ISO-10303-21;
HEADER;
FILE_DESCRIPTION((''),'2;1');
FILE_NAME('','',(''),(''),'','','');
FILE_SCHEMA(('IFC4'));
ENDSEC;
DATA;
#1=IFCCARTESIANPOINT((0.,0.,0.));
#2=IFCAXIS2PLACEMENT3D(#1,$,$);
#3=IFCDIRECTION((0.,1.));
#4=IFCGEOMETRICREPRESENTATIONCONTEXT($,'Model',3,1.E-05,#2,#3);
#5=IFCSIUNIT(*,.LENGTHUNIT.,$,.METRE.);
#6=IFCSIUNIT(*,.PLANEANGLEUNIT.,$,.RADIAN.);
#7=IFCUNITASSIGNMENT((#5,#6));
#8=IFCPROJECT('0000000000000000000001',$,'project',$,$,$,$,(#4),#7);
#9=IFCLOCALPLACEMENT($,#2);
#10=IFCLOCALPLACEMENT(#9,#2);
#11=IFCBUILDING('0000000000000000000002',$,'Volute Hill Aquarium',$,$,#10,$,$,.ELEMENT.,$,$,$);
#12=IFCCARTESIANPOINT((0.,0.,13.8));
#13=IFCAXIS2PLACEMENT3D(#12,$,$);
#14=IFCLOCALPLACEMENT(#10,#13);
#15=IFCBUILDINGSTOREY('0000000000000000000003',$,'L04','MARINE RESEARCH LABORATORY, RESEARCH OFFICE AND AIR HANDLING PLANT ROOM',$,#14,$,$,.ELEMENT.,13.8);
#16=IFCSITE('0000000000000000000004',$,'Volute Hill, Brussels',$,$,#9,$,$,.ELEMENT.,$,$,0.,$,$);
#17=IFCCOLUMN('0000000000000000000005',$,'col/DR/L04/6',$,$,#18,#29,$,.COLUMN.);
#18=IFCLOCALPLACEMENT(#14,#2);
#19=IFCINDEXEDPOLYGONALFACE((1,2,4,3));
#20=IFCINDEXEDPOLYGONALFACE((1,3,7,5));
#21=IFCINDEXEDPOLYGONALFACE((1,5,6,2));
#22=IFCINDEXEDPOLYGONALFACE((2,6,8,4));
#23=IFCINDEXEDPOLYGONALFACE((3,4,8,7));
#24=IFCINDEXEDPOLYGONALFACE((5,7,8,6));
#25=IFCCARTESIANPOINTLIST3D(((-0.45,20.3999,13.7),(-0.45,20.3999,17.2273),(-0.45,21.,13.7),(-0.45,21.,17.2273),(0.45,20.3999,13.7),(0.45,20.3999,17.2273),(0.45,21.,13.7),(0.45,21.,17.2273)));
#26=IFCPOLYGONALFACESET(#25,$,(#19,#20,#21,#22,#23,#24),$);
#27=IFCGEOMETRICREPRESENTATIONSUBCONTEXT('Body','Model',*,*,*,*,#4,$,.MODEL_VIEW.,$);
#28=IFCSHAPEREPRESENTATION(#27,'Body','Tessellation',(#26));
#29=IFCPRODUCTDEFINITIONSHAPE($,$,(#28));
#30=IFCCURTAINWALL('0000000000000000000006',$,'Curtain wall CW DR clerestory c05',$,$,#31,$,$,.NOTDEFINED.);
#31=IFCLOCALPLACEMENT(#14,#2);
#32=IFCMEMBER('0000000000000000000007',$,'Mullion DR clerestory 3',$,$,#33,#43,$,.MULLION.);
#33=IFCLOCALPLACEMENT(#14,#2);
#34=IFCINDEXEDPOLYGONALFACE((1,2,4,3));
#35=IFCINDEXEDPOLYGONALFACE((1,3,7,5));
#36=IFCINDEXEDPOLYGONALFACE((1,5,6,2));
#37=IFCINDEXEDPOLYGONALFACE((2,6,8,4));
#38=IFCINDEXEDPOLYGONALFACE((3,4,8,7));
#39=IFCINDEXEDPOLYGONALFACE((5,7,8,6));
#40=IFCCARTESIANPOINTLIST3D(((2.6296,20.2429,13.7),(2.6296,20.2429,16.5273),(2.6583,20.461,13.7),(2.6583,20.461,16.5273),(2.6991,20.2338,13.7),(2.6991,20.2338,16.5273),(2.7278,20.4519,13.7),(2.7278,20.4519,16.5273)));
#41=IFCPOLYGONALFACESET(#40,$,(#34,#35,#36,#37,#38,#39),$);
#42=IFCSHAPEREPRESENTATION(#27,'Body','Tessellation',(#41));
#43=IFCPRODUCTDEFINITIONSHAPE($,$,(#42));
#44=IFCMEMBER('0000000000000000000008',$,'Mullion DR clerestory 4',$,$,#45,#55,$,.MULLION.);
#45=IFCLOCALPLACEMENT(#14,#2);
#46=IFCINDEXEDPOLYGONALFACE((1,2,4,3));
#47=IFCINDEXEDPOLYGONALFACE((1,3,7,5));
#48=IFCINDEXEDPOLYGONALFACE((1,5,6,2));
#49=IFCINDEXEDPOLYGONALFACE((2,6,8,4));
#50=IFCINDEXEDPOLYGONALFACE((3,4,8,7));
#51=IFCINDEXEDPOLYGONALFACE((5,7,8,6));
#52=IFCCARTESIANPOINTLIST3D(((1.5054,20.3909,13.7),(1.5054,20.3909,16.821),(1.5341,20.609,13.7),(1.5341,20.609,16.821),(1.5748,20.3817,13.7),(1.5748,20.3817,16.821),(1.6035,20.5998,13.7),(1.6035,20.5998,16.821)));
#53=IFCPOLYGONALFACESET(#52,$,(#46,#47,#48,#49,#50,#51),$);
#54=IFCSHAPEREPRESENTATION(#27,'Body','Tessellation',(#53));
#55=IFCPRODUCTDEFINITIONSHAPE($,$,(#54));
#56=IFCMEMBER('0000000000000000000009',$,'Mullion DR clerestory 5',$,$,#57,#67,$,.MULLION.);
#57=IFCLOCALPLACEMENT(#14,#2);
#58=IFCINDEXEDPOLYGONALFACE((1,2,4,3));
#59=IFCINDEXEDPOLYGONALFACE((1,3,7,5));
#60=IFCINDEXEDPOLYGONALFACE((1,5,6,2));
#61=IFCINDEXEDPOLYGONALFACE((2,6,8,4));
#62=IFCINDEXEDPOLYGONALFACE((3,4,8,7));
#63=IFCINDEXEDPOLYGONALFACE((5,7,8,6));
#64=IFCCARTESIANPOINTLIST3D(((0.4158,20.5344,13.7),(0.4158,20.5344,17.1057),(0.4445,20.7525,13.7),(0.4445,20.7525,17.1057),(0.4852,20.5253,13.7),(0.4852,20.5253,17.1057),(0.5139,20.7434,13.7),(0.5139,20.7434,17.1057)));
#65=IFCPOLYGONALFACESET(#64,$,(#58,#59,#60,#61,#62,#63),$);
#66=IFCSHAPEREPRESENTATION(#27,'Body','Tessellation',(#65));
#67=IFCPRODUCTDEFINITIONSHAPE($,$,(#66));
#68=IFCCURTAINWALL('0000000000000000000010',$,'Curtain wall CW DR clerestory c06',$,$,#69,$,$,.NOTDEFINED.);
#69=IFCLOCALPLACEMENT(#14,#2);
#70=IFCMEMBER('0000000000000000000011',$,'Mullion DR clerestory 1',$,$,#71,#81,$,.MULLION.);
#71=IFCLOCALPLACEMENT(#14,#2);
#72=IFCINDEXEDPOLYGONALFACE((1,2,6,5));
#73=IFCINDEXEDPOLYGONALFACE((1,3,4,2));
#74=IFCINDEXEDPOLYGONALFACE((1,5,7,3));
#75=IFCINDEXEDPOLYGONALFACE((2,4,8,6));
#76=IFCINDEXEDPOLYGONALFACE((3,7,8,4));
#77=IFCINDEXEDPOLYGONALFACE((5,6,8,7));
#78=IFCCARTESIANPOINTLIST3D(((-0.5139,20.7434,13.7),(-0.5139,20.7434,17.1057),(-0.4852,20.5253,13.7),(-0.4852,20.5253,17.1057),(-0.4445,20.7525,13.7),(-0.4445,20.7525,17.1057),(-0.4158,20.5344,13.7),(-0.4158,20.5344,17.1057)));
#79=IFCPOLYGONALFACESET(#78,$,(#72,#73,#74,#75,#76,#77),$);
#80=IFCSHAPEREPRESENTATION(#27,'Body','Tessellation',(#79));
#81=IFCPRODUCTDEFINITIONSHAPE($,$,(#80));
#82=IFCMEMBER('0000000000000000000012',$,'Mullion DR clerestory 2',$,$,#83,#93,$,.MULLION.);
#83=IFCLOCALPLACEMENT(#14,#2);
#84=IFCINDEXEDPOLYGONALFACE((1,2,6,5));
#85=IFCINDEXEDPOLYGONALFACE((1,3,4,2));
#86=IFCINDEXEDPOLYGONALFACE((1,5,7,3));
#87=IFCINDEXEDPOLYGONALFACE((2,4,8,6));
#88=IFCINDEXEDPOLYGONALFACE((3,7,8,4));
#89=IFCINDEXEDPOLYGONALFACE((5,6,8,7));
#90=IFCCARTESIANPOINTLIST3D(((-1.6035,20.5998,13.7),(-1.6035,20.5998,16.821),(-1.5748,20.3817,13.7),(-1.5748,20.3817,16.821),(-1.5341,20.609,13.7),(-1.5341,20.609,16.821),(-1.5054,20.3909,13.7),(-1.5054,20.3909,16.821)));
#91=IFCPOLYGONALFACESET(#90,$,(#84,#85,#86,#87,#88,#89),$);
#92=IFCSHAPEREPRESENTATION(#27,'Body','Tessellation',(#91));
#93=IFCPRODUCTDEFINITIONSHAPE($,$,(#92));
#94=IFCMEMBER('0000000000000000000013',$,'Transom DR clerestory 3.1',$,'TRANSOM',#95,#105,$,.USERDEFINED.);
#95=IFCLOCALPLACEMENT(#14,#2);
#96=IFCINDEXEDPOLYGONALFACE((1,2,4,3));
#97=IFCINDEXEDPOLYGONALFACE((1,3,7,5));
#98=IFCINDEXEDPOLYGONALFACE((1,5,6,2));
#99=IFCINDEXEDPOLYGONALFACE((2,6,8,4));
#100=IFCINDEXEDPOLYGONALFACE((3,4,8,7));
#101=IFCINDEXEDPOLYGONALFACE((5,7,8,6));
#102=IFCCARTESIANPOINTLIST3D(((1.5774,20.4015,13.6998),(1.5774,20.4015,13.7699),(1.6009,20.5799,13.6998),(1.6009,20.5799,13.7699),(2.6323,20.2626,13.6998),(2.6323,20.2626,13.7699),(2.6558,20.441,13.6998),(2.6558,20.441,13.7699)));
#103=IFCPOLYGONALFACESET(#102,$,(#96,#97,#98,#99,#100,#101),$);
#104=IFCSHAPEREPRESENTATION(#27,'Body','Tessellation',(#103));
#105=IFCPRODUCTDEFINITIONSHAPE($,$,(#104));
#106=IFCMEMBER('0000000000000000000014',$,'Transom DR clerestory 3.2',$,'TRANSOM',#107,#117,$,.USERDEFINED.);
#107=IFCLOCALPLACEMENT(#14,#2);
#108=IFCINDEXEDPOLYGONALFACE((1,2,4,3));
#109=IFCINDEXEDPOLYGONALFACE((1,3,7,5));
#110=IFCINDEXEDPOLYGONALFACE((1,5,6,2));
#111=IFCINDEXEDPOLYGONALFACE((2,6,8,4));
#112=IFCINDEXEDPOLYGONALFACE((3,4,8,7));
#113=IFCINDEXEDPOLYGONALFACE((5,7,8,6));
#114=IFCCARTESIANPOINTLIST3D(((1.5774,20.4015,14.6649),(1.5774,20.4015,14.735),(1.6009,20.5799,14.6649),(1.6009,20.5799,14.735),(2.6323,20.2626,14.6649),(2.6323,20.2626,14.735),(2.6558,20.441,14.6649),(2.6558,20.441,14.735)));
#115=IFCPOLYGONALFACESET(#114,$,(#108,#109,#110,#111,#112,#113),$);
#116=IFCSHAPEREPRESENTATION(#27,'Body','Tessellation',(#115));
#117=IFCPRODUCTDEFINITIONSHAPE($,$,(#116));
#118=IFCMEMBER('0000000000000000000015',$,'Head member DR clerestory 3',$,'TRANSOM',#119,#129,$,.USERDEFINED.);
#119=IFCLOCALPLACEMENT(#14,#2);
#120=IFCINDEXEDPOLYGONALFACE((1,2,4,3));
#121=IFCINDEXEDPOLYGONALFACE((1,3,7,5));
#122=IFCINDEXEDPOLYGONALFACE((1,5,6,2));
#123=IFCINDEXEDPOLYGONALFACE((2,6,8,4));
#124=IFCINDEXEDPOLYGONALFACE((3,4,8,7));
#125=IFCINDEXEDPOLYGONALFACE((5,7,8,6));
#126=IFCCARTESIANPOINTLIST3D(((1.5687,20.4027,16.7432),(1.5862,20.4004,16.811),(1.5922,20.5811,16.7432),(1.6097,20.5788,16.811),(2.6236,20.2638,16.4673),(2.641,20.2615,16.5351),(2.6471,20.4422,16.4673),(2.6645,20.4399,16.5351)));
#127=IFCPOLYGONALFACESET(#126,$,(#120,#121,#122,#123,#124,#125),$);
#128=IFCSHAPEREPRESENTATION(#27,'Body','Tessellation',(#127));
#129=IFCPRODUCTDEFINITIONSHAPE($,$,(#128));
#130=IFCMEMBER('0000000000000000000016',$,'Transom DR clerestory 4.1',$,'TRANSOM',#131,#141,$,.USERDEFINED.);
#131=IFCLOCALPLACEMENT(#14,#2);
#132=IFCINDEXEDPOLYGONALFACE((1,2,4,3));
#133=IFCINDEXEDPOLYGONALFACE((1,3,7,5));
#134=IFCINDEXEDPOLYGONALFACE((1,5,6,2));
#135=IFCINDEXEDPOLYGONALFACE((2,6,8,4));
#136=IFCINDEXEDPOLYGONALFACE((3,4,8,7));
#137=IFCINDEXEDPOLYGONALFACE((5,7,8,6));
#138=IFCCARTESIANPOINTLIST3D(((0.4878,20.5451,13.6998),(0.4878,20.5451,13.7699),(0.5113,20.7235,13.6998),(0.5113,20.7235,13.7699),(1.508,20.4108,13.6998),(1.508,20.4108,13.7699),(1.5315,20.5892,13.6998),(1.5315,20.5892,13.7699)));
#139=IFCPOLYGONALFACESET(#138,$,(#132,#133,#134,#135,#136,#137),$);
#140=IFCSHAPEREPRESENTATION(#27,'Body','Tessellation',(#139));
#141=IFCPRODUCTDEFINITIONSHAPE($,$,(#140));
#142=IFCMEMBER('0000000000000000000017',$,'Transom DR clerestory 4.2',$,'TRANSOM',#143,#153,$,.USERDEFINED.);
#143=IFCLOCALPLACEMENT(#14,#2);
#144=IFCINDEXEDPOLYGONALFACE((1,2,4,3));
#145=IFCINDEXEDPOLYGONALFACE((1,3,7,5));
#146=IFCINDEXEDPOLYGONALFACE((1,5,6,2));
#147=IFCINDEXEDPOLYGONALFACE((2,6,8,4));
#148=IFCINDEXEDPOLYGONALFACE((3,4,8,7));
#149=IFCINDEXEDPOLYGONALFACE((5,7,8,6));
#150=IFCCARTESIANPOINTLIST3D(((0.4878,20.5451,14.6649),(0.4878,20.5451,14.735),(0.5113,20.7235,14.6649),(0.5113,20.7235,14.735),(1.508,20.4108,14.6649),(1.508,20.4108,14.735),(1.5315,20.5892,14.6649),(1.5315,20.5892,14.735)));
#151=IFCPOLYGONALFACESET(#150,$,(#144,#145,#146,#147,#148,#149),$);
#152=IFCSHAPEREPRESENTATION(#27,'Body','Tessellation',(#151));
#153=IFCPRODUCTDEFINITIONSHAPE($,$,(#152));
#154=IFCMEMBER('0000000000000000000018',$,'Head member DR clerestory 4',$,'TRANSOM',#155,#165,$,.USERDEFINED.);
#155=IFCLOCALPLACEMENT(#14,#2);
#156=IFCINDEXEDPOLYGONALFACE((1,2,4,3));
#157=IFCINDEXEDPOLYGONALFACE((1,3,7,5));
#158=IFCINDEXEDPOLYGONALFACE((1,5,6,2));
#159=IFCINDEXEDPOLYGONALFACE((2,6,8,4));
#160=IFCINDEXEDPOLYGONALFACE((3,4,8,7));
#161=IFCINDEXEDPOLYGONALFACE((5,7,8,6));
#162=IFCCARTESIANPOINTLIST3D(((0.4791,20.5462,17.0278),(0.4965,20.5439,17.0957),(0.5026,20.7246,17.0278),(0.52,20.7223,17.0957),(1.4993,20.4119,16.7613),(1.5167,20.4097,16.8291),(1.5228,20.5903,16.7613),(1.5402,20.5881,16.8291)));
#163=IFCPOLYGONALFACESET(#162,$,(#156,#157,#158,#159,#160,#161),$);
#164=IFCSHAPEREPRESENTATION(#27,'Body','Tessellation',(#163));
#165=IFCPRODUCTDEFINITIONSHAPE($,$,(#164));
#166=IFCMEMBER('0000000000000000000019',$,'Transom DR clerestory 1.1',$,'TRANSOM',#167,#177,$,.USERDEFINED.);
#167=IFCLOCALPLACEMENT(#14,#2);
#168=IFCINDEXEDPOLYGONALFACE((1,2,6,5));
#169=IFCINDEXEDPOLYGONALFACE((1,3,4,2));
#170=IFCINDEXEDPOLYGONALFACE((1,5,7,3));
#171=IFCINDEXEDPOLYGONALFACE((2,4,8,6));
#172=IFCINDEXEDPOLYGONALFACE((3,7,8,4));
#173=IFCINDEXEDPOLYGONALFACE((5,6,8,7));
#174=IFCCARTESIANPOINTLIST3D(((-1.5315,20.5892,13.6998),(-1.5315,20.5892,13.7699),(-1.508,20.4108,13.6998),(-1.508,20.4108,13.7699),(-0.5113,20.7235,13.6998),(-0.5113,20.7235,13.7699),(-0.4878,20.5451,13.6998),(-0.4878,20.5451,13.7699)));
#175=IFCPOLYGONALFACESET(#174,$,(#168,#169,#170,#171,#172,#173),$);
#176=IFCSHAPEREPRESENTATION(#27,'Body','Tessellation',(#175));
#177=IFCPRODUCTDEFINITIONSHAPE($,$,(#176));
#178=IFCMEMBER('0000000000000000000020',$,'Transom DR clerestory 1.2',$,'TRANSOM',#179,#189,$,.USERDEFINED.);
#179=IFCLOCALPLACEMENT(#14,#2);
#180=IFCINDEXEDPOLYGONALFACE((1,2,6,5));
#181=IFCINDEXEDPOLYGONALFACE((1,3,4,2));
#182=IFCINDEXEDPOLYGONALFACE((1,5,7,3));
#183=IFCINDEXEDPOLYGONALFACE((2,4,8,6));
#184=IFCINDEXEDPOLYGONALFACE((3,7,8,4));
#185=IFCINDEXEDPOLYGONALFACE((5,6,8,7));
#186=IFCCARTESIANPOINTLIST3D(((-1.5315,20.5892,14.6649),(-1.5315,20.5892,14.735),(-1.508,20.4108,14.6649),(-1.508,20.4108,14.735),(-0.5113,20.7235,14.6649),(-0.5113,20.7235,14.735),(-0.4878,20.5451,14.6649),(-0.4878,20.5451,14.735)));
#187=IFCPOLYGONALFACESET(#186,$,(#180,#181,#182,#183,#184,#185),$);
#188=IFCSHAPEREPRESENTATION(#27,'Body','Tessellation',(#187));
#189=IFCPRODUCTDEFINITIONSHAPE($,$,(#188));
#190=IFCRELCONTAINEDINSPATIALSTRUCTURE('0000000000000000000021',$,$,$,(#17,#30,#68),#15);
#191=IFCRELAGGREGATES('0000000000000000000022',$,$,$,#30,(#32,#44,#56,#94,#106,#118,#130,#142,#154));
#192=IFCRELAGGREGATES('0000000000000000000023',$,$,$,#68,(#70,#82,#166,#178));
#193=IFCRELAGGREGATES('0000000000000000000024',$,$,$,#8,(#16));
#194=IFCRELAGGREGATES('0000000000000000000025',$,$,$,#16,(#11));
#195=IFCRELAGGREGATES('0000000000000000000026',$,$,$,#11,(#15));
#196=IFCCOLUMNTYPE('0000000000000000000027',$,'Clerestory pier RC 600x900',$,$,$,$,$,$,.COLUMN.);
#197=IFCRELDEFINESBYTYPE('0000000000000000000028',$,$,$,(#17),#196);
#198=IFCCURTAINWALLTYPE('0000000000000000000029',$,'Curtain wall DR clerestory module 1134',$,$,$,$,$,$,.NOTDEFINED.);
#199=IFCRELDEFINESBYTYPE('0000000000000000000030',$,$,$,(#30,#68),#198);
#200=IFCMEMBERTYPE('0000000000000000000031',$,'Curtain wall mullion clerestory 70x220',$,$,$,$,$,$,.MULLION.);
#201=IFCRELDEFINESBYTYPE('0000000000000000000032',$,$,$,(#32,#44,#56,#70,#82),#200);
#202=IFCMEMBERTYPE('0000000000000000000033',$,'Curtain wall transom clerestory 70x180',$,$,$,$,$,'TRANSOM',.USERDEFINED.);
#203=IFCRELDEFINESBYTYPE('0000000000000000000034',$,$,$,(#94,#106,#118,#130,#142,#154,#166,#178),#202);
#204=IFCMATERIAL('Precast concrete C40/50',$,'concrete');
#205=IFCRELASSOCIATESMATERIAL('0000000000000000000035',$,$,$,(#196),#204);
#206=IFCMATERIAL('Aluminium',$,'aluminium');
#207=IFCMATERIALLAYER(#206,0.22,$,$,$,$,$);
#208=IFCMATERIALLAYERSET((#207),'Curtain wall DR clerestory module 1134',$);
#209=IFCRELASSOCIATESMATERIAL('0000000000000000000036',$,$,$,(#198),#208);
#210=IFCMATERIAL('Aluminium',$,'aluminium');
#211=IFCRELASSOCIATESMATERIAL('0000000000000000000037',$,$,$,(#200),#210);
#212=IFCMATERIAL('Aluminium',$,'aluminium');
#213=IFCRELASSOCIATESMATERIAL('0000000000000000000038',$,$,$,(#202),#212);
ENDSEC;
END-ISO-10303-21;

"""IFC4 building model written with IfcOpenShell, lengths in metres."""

from ifc_helpers import new_model, si_unit, direction, frame, origin, origin_2d, place, context, subcontext, project, spatial, rectangle, extrude, material, layer, layer_set, material_profile, profile_set, type_object, element, aggregate, save


model = new_model("IFC4")

# Units and contexts
model_context = context("Model", 3, precision=1e-05, world=origin(), true_north=direction((0.0, 1.0)))
body_context = subcontext(model_context, "Body", "Model", "MODEL_VIEW")
ifc_project = project(units=[si_unit("LENGTHUNIT", "METRE"), si_unit("PLANEANGLEUNIT", "RADIAN")], contexts=[model_context])

# Site, building, storey
site_placement = place(None, origin())
site = spatial("IfcSite", under=ifc_project, at=site_placement, Name="Volute Hill, Brussels", CompositionType="ELEMENT", RefElevation=0.0)
building_placement = place(site_placement, origin())
building = spatial("IfcBuilding", under=site, at=building_placement, Name="Volute Hill Aquarium", CompositionType="ELEMENT")
storey_placement = place(building_placement, frame((0.0, 0.0, 13.8)))
storey = spatial("IfcBuildingStorey", under=building, at=storey_placement, Name="L04", Description="MARINE RESEARCH LABORATORY, RESEARCH OFFICE AND AIR HANDLING PLANT ROOM", CompositionType="ELEMENT", Elevation=13.8)

# Column
ifc_material_1 = material(Name="Precast concrete C40/50", Category="concrete")
ifc_material_profile_1 = material_profile(ifc_material_1, rectangle(XDim=0.6001, YDim=0.8999, at=origin_2d()), Name="RC pier 600x900")
ifc_profile_set_1 = profile_set([ifc_material_profile_1], Name="Precast concrete C40/50")
column_type = type_object("IfcColumnType", Name="Clerestory pier RC 600x900", PredefinedType="COLUMN", material=ifc_profile_set_1)
column_placement = place(storey_placement, frame((0.0, 20.7, 13.7), z_axis=(0.0, 0.0, 1.0), x_axis=(0.0, 1.0, 0.0)))
element("IfcColumn", 1, at=column_placement, inside=storey, type_object=column_type, Name="col/DR/L04/6", PredefinedType="COLUMN", context=body_context, shape_type="SweptSolid", body=[
    extrude(rectangle(XDim=0.6001, YDim=0.8999, at=origin_2d()), origin(), (0.0, 0.0, 1.0), 3.5273),
])

# Curtain walls, members
ifc_material_2 = material(Name="Aluminium", Category="aluminium")
ifc_layer_1 = layer(ifc_material_2, 0.22)
ifc_layer_set_1 = layer_set([ifc_layer_1], Name="Curtain wall DR clerestory module 1134")
curtain_wall_type = type_object("IfcCurtainWallType", Name="Curtain wall DR clerestory module 1134", PredefinedType="NOTDEFINED", material=ifc_layer_set_1)
curtain_wall_1_placement = place(storey_placement, origin())
curtain_wall_1 = element("IfcCurtainWall", 2, at=curtain_wall_1_placement, inside=storey, type_object=curtain_wall_type, Name="Curtain wall CW DR clerestory c05", PredefinedType="NOTDEFINED")
ifc_material_3 = material(Name="Aluminium", Category="aluminium")
ifc_material_profile_2 = material_profile(ifc_material_3, rectangle(XDim=0.22, YDim=0.0701, at=origin_2d()), Name="Curtain wall mullion clerestory 70x220")
ifc_profile_set_2 = profile_set([ifc_material_profile_2], Name="Aluminium")
member_type_1 = type_object("IfcMemberType", Name="Curtain wall mullion clerestory 70x220", PredefinedType="MULLION", material=ifc_profile_set_2)
member_1_placement = place(storey_placement, frame((2.6787, 20.3474, 13.7), z_axis=(0.0, 0.0, 1.0), x_axis=(-0.130519, -0.991446, 0.0)))
member_1 = element("IfcMember", 3, at=member_1_placement, type_object=member_type_1, Name="Mullion DR clerestory 3", PredefinedType="MULLION", context=body_context, shape_type="SweptSolid", body=[
    extrude(rectangle(XDim=0.22, YDim=0.0701, at=origin_2d()), origin(), (0.0, 0.0, 1.0), 2.8274),
])
member_2_placement = place(storey_placement, frame((1.5544, 20.4954, 13.7), z_axis=(0.0, 0.0, 1.0), x_axis=(-0.130519, -0.991446, 0.0)))
member_2 = element("IfcMember", 4, at=member_2_placement, type_object=member_type_1, Name="Mullion DR clerestory 4", PredefinedType="MULLION", context=body_context, shape_type="SweptSolid", body=[
    extrude(rectangle(XDim=0.22, YDim=0.0701, at=origin_2d()), origin(), (0.0, 0.0, 1.0), 3.1211),
])
member_3_placement = place(storey_placement, frame((0.4648, 20.6389, 13.7), z_axis=(0.0, 0.0, 1.0), x_axis=(-0.130519, -0.991446, 0.0)))
member_3 = element("IfcMember", 5, at=member_3_placement, type_object=member_type_1, Name="Mullion DR clerestory 5", PredefinedType="MULLION", context=body_context, shape_type="SweptSolid", body=[
    extrude(rectangle(XDim=0.22, YDim=0.0701, at=origin_2d()), origin(), (0.0, 0.0, 1.0), 3.4058),
])
curtain_wall_2_placement = place(storey_placement, origin())
curtain_wall_2 = element("IfcCurtainWall", 6, at=curtain_wall_2_placement, inside=storey, type_object=curtain_wall_type, Name="Curtain wall CW DR clerestory c06", PredefinedType="NOTDEFINED")
member_4_placement = place(storey_placement, frame((-0.4648, 20.6389, 13.7), z_axis=(0.0, 0.0, 1.0), x_axis=(0.130519, -0.991446, 0.0)))
member_4 = element("IfcMember", 7, at=member_4_placement, type_object=member_type_1, Name="Mullion DR clerestory 1", PredefinedType="MULLION", context=body_context, shape_type="SweptSolid", body=[
    extrude(rectangle(XDim=0.22, YDim=0.0701, at=origin_2d()), origin(), (0.0, 0.0, 1.0), 3.4058),
])
member_5_placement = place(storey_placement, frame((-1.5544, 20.4954, 13.7), z_axis=(0.0, 0.0, 1.0), x_axis=(0.130519, -0.991446, 0.0)))
member_5 = element("IfcMember", 8, at=member_5_placement, type_object=member_type_1, Name="Mullion DR clerestory 2", PredefinedType="MULLION", context=body_context, shape_type="SweptSolid", body=[
    extrude(rectangle(XDim=0.22, YDim=0.0701, at=origin_2d()), origin(), (0.0, 0.0, 1.0), 3.1211),
])

# Members
ifc_material_4 = material(Name="Aluminium", Category="aluminium")
ifc_material_profile_3 = material_profile(ifc_material_4, rectangle(XDim=0.1799, YDim=0.0701, at=origin_2d()), Name="Curtain wall transom clerestory 70x180")
ifc_profile_set_3 = profile_set([ifc_material_profile_3], Name="Aluminium")
member_type_2 = type_object("IfcMemberType", Name="Curtain wall transom clerestory 70x180", ElementType="TRANSOM", PredefinedType="USERDEFINED", material=ifc_profile_set_3)
member_6_placement = place(storey_placement, frame((2.644, 20.3518, 13.7349), z_axis=(-0.991441, 0.130555, 0.0), x_axis=(-0.130555, -0.991441, 0.0)))
member_6 = element("IfcMember", 9, at=member_6_placement, type_object=member_type_2, Name="Transom DR clerestory 3.1", ObjectType="TRANSOM", PredefinedType="USERDEFINED", context=body_context, shape_type="SweptSolid", body=[
    extrude(rectangle(XDim=0.1799, YDim=0.0701, at=origin_2d()), origin(), (0.0, 0.0, 1.0), 1.064),
])
member_7_placement = place(storey_placement, frame((2.644, 20.3518, 14.7), z_axis=(-0.991441, 0.130555, 0.0), x_axis=(-0.130555, -0.991441, 0.0)))
member_7 = element("IfcMember", 10, at=member_7_placement, type_object=member_type_2, Name="Transom DR clerestory 3.2", ObjectType="TRANSOM", PredefinedType="USERDEFINED", context=body_context, shape_type="SweptSolid", body=[
    extrude(rectangle(XDim=0.1799, YDim=0.0701, at=origin_2d()), origin(), (0.0, 0.0, 1.0), 1.064),
])
member_8_placement = place(storey_placement, frame((2.644, 20.3518, 16.5012), z_axis=(-0.959708, 0.126377, 0.250977), x_axis=(-0.130555, -0.991441, 0.0)))
member_8 = element("IfcMember", 11, at=member_8_placement, type_object=member_type_2, Name="Head member DR clerestory 3", ObjectType="TRANSOM", PredefinedType="USERDEFINED", context=body_context, shape_type="SweptSolid", body=[
    extrude(rectangle(XDim=0.1799, YDim=0.0701, at=origin_2d()), origin(), (0.0, 0.0, 1.0), 1.0991),
])
member_9_placement = place(storey_placement, frame((1.5198, 20.5, 13.7349), z_axis=(-0.99145, 0.130485, 0.0), x_axis=(-0.130485, -0.99145, 0.0)))
member_9 = element("IfcMember", 12, at=member_9_placement, type_object=member_type_2, Name="Transom DR clerestory 4.1", ObjectType="TRANSOM", PredefinedType="USERDEFINED", context=body_context, shape_type="SweptSolid", body=[
    extrude(rectangle(XDim=0.1799, YDim=0.0701, at=origin_2d()), origin(), (0.0, 0.0, 1.0), 1.0291),
])
member_10_placement = place(storey_placement, frame((1.5198, 20.5, 14.7), z_axis=(-0.99145, 0.130485, 0.0), x_axis=(-0.130485, -0.99145, 0.0)))
member_10 = element("IfcMember", 13, at=member_10_placement, type_object=member_type_2, Name="Transom DR clerestory 4.2", ObjectType="TRANSOM", PredefinedType="USERDEFINED", context=body_context, shape_type="SweptSolid", body=[
    extrude(rectangle(XDim=0.1799, YDim=0.0701, at=origin_2d()), origin(), (0.0, 0.0, 1.0), 1.0291),
])
member_11_placement = place(storey_placement, frame((1.5198, 20.5, 16.7952), z_axis=(-0.959764, 0.126315, 0.250793), x_axis=(-0.130485, -0.99145, 0.0)))
member_11 = element("IfcMember", 14, at=member_11_placement, type_object=member_type_2, Name="Head member DR clerestory 4", ObjectType="TRANSOM", PredefinedType="USERDEFINED", context=body_context, shape_type="SweptSolid", body=[
    extrude(rectangle(XDim=0.1799, YDim=0.0701, at=origin_2d()), origin(), (0.0, 0.0, 1.0), 1.063),
])
member_12_placement = place(storey_placement, frame((-0.4995, 20.6343, 13.7349), z_axis=(-0.99145, -0.130485, 0.0), x_axis=(0.130485, -0.99145, 0.0)))
member_12 = element("IfcMember", 15, at=member_12_placement, type_object=member_type_2, Name="Transom DR clerestory 1.1", ObjectType="TRANSOM", PredefinedType="USERDEFINED", context=body_context, shape_type="SweptSolid", body=[
    extrude(rectangle(XDim=0.1799, YDim=0.0701, at=origin_2d()), origin(), (0.0, 0.0, 1.0), 1.0291),
])
member_13_placement = place(storey_placement, frame((-0.4995, 20.6343, 14.7), z_axis=(-0.99145, -0.130485, 0.0), x_axis=(0.130485, -0.99145, 0.0)))
member_13 = element("IfcMember", 16, at=member_13_placement, type_object=member_type_2, Name="Transom DR clerestory 1.2", ObjectType="TRANSOM", PredefinedType="USERDEFINED", context=body_context, shape_type="SweptSolid", body=[
    extrude(rectangle(XDim=0.1799, YDim=0.0701, at=origin_2d()), origin(), (0.0, 0.0, 1.0), 1.0291),
])

aggregate(curtain_wall_1, [member_1, member_2, member_3, member_6, member_7, member_8, member_9, member_10, member_11])
aggregate(curtain_wall_2, [member_4, member_5, member_12, member_13])

save(model, "model.ifc")
